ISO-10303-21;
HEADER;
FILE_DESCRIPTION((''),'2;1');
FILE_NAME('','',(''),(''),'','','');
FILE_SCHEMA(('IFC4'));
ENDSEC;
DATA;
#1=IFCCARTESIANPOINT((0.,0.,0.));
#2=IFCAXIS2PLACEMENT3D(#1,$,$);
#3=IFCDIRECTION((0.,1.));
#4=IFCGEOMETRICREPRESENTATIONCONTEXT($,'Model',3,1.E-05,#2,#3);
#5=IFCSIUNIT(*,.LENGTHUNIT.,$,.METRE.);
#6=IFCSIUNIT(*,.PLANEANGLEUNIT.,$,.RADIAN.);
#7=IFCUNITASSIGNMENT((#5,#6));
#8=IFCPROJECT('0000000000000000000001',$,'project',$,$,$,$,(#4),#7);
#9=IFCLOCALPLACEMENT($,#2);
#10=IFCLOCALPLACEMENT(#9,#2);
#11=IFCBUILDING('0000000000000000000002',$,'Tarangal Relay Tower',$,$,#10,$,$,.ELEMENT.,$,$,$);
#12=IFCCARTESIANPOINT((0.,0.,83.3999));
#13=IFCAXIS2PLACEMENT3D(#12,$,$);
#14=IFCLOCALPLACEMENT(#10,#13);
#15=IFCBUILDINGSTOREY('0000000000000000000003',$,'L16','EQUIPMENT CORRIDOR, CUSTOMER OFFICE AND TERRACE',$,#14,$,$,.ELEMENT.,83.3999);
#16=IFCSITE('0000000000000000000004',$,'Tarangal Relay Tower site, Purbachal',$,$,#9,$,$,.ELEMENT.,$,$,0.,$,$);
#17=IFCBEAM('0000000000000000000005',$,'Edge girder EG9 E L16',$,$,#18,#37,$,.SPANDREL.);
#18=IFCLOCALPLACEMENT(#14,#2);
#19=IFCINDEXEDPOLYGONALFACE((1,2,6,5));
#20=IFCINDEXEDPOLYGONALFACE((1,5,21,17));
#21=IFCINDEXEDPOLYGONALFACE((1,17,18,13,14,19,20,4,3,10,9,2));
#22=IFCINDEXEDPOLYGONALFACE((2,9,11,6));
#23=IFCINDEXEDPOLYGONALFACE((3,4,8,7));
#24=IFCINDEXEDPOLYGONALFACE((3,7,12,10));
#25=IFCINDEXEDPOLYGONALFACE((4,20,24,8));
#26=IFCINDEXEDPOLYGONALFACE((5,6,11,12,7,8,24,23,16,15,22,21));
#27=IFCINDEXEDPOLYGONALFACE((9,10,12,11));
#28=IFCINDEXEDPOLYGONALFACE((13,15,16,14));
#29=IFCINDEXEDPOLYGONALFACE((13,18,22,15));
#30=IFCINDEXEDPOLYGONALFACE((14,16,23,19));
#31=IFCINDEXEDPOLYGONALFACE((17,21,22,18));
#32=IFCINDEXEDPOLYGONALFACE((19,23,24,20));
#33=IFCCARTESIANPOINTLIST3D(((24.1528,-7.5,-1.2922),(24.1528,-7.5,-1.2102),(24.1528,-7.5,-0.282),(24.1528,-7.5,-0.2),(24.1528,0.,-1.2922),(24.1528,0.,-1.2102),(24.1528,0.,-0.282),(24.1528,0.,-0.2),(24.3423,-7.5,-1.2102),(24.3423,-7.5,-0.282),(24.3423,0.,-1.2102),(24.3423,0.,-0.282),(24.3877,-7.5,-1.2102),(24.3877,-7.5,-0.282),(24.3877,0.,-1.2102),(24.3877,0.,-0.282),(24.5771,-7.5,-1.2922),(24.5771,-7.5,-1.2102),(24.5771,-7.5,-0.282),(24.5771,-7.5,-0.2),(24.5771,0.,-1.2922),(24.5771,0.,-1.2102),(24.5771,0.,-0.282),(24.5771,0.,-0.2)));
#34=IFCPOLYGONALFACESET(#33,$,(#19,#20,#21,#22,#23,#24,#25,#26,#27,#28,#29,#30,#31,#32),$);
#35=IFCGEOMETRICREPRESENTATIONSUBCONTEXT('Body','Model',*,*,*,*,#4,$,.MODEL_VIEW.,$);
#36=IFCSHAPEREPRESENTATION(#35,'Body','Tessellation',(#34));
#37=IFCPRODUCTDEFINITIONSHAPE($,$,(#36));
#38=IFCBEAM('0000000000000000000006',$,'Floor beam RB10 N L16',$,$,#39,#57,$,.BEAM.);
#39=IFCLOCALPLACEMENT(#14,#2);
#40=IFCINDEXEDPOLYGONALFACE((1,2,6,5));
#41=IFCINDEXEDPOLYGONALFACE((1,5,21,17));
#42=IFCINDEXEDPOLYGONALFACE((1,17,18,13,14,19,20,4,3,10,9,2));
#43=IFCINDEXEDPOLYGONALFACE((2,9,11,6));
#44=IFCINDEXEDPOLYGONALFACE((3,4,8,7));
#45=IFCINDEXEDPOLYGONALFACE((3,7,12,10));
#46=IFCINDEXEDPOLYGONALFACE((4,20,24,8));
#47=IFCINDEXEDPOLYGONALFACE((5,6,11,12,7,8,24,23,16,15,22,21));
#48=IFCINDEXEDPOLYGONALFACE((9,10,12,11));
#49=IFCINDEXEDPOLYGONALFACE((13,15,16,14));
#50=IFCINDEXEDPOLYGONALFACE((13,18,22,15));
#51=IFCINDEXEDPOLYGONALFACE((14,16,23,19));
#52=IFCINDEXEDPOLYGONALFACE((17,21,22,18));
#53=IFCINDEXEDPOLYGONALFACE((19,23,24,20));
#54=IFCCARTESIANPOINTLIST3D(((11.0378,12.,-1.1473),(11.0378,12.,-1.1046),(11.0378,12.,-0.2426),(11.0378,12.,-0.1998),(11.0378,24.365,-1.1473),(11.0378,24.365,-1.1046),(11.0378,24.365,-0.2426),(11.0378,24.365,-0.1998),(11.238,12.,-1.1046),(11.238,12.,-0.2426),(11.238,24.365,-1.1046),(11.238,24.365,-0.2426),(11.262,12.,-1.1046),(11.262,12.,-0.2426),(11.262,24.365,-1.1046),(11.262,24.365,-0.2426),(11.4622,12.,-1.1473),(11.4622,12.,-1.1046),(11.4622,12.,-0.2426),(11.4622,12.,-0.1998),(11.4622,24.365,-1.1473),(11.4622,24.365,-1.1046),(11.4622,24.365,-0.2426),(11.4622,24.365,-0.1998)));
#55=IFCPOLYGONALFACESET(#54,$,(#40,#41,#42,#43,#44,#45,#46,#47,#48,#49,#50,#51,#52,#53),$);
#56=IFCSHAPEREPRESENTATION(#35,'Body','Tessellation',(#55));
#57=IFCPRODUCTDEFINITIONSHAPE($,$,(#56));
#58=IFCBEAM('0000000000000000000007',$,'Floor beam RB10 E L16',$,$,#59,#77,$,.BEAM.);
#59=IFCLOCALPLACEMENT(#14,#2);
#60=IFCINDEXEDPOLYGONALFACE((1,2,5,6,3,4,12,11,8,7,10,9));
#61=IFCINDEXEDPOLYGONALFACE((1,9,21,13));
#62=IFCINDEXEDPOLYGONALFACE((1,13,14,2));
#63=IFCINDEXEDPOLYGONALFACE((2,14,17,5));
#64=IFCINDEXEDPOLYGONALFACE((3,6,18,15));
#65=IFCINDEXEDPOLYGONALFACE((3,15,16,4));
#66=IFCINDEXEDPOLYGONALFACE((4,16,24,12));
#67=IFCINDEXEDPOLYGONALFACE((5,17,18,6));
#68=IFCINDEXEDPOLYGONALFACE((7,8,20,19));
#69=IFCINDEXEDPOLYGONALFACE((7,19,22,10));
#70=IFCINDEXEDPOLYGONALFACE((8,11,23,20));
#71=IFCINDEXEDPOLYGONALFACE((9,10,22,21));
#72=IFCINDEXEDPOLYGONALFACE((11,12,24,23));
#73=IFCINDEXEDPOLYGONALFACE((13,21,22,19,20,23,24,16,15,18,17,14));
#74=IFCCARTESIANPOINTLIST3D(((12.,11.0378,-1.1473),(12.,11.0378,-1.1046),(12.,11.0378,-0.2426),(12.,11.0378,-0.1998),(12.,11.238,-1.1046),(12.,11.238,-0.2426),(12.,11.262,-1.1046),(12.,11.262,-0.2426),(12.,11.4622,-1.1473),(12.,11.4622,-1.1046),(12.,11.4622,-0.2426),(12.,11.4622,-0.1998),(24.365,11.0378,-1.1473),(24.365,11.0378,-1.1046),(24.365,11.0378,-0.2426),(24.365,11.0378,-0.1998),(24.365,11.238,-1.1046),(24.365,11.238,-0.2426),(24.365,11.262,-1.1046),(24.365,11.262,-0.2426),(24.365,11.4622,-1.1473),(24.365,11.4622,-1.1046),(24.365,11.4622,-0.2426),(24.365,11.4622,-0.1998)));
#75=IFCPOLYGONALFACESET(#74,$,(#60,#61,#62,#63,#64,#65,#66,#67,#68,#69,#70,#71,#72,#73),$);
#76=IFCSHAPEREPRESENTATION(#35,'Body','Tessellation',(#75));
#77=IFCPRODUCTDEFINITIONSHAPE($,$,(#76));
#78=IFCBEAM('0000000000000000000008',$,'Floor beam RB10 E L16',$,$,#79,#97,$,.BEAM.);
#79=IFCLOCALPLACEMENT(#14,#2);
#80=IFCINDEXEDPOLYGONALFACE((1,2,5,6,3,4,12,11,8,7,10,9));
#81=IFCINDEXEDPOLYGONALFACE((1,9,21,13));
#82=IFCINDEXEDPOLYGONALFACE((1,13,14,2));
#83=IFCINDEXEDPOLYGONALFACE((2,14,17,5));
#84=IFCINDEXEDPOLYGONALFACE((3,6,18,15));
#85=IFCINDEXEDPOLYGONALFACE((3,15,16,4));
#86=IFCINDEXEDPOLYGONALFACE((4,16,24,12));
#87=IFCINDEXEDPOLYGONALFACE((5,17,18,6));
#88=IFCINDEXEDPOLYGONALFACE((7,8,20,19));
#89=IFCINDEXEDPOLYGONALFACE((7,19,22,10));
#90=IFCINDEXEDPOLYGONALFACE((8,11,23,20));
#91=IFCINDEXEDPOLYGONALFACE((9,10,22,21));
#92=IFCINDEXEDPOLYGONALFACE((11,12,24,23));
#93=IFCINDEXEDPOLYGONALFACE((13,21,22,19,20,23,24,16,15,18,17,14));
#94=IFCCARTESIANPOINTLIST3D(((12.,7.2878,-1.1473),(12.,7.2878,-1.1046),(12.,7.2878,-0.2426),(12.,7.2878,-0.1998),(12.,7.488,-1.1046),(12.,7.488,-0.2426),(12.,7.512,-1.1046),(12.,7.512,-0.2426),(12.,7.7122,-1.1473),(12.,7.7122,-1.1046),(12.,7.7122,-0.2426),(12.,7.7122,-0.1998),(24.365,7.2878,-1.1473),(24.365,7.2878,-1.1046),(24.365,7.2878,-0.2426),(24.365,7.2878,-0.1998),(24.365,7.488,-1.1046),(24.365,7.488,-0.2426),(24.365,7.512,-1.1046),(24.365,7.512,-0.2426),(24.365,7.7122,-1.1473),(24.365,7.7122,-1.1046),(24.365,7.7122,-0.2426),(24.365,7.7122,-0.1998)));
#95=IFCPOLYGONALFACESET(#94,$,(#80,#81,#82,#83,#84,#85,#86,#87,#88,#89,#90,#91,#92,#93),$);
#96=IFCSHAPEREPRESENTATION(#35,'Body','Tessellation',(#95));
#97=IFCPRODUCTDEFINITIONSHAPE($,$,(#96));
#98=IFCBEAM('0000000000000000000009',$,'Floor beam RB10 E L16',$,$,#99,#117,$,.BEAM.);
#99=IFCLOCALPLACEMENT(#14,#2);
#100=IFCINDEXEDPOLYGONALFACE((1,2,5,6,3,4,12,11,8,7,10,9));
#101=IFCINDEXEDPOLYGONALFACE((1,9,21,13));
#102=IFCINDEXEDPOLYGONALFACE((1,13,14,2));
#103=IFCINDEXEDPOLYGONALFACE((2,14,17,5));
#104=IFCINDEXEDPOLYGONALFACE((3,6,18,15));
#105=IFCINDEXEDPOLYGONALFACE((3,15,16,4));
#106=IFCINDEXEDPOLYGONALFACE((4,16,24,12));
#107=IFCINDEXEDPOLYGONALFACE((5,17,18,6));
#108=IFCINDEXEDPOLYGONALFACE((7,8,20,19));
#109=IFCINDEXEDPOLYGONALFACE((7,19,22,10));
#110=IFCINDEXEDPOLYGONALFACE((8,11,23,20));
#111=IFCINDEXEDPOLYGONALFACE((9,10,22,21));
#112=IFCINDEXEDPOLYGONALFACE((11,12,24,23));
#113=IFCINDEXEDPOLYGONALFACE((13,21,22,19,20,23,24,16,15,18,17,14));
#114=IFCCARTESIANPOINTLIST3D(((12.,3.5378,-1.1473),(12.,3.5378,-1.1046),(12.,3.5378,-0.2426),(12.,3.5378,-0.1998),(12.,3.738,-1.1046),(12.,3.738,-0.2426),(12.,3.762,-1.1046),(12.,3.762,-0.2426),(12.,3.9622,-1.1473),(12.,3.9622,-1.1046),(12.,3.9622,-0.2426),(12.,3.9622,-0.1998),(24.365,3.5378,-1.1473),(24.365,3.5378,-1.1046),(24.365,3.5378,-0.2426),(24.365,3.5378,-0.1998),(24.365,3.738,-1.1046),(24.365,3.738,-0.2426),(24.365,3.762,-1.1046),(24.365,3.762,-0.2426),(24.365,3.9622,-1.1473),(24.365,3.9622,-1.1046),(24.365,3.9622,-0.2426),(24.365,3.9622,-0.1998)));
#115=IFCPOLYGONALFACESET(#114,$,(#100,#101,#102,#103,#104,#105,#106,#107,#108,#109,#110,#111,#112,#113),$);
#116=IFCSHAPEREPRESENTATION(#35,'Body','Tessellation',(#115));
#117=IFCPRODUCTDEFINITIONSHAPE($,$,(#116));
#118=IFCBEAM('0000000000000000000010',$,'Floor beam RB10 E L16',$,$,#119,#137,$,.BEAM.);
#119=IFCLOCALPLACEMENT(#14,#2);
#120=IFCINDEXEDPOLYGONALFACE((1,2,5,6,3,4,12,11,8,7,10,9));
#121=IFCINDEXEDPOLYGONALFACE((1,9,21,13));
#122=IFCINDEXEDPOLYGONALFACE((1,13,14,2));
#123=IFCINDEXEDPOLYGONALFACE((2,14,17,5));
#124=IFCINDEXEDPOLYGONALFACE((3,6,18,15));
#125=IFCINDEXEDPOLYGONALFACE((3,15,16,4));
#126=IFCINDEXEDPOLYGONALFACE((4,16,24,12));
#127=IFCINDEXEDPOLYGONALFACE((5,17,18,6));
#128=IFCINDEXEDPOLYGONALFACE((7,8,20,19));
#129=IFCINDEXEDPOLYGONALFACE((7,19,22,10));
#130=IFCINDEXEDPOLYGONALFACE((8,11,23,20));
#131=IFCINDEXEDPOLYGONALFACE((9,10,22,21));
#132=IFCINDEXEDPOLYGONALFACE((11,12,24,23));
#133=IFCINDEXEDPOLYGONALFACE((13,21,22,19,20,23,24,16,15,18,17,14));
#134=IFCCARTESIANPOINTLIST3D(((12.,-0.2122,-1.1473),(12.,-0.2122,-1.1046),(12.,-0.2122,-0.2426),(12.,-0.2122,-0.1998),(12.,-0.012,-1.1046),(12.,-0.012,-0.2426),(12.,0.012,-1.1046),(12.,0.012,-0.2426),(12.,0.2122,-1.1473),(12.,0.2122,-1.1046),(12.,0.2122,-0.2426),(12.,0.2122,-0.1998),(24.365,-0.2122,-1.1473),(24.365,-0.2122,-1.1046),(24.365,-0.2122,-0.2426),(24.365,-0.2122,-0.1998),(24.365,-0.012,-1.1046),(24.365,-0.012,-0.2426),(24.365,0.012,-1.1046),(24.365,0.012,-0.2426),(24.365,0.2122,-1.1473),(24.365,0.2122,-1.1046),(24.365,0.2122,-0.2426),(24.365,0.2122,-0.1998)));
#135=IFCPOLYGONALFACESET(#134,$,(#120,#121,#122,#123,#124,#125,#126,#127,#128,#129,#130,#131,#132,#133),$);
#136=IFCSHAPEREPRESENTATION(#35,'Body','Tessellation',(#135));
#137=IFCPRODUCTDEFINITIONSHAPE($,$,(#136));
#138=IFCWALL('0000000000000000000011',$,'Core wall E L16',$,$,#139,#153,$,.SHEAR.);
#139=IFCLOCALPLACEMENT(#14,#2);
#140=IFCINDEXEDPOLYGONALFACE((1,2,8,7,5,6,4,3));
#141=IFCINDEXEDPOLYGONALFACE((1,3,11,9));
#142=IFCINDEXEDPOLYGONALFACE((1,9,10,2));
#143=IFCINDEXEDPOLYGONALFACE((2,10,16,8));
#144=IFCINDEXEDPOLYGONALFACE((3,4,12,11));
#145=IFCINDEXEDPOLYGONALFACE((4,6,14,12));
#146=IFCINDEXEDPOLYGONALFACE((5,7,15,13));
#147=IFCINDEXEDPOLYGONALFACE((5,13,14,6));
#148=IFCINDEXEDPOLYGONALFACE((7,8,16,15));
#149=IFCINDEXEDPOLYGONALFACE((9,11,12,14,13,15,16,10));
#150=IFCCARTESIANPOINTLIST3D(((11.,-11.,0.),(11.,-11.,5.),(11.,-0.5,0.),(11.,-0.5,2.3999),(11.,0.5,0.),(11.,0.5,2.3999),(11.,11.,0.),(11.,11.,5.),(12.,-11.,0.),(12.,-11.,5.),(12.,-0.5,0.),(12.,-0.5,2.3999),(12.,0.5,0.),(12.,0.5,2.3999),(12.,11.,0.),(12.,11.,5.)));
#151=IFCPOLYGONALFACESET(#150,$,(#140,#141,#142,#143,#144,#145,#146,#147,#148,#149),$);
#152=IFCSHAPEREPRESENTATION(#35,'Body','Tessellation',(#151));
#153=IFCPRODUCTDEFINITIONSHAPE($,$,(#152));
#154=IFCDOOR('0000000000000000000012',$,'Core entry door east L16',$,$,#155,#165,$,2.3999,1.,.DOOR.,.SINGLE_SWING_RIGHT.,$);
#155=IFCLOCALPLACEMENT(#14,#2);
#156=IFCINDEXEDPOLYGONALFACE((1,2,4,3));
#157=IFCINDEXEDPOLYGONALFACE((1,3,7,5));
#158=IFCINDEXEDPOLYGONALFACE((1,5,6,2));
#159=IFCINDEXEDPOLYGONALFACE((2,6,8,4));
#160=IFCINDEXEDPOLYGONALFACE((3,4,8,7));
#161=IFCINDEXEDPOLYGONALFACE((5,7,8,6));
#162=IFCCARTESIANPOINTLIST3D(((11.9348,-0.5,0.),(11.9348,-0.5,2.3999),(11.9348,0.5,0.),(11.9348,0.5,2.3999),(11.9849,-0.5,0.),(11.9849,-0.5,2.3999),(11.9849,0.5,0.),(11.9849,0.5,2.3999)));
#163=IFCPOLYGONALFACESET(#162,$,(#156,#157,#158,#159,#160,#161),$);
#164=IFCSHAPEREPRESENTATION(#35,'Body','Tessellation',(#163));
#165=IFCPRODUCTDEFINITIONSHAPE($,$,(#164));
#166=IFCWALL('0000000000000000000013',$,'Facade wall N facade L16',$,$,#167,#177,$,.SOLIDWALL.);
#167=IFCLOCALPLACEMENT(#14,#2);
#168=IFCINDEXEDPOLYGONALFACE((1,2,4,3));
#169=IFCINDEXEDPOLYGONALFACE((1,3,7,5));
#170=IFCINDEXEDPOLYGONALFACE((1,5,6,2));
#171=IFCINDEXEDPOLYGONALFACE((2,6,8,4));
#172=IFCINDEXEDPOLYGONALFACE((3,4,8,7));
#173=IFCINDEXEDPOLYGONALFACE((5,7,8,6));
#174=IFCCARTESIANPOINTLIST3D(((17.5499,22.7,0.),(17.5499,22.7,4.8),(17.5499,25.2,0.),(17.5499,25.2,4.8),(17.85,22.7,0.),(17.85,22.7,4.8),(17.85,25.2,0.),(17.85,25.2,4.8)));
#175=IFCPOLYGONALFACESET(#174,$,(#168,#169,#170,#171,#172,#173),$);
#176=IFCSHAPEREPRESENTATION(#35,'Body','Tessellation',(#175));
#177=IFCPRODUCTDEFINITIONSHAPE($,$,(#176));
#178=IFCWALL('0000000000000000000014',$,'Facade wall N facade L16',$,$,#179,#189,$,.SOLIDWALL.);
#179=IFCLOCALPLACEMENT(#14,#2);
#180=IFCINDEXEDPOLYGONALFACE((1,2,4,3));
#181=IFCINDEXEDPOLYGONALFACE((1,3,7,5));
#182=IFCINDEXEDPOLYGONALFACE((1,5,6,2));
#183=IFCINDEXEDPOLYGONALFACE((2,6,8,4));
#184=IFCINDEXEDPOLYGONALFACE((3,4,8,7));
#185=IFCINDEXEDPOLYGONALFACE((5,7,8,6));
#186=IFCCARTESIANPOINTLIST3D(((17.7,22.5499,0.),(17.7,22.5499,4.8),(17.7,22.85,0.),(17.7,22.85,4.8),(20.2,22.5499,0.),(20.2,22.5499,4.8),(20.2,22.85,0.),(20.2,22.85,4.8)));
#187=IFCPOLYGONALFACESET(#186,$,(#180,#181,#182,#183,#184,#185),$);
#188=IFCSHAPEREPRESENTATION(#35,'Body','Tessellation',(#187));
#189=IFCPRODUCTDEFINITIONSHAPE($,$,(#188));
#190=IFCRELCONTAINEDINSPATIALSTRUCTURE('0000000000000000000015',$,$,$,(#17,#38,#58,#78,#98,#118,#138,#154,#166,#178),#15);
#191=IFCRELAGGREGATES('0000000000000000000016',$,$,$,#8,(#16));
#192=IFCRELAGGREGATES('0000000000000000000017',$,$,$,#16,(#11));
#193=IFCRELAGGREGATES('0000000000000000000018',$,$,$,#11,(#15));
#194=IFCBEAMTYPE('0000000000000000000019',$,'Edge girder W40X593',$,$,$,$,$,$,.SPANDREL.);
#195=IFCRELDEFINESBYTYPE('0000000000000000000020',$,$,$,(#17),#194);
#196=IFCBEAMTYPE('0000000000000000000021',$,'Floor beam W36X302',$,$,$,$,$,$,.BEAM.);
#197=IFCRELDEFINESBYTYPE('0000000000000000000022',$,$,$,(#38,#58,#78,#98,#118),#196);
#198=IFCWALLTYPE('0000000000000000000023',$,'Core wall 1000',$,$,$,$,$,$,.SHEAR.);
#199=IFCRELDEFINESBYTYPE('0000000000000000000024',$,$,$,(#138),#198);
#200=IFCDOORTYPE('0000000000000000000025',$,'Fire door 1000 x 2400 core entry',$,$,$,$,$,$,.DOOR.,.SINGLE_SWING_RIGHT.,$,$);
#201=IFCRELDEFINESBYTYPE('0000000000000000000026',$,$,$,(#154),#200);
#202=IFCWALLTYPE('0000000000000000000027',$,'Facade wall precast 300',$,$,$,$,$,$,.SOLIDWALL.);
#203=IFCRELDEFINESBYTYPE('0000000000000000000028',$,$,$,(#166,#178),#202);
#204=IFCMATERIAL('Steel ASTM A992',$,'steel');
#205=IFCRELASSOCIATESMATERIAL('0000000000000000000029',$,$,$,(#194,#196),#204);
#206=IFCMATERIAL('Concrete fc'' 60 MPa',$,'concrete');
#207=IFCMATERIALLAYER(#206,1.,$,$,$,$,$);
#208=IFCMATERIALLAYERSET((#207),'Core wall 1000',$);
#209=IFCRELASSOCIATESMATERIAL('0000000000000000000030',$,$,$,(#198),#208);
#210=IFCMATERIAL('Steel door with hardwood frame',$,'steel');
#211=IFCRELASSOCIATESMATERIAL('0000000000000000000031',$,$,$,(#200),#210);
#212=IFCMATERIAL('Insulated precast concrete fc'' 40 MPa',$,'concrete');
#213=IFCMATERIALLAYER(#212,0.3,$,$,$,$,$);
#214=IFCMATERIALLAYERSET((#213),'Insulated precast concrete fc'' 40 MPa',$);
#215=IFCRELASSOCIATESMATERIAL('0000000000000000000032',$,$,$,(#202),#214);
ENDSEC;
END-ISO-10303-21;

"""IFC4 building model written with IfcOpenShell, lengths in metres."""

from ifc_helpers import new_model, si_unit, direction, frame, frame_2d, origin, origin_2d, place, context, subcontext, project, spatial, rectangle, i_section, extrude, material, layer, layer_set, material_profile, profile_set, type_object, element, fill, save


model = new_model("IFC4")

# Units and contexts
model_context = context("Model", 3, precision=1e-05, world=origin(), true_north=direction((0.0, 1.0)))
body_context = subcontext(model_context, "Body", "Model", "MODEL_VIEW")
ifc_project = project(units=[si_unit("LENGTHUNIT", "METRE"), si_unit("PLANEANGLEUNIT", "RADIAN")], contexts=[model_context])

# Site, building, storey
site_placement = place(None, origin())
site = spatial("IfcSite", under=ifc_project, at=site_placement, Name="Tarangal Relay Tower site, Purbachal", CompositionType="ELEMENT", RefElevation=0.0)
building_placement = place(site_placement, origin())
building = spatial("IfcBuilding", under=site, at=building_placement, Name="Tarangal Relay Tower", CompositionType="ELEMENT")
storey_placement = place(building_placement, frame((0.0, 0.0, 83.3999)))
storey = spatial("IfcBuildingStorey", under=building, at=storey_placement, Name="L16", Description="EQUIPMENT CORRIDOR, CUSTOMER OFFICE AND TERRACE", CompositionType="ELEMENT", Elevation=83.3999)

# Beams
ifc_material_1 = material(Name="Steel ASTM A992", Category="steel")
ifc_material_profile_1 = material_profile(ifc_material_1, i_section(OverallWidth=0.4243, OverallDepth=1.0923, WebThickness=0.0454, FlangeThickness=0.082, at=origin_2d()), Name="W40X593")
ifc_profile_set_1 = profile_set([ifc_material_profile_1], Name="Steel ASTM A992")
beam_type_1 = type_object("IfcBeamType", Name="Edge girder W40X593", PredefinedType="SPANDREL", material=ifc_profile_set_1)
for number, where, z_axis, x_axis, name in (
    (1, (24.365, 0.0, -0.7461), (0.0, -1.0, 0.0), (1.0, 0.0, 0.0), "Edge girder EG9 E L16"),
):
    element("IfcBeam", number, at=place(storey_placement, frame(where, z_axis=z_axis, x_axis=x_axis)), inside=storey, type_object=beam_type_1, Name=name, PredefinedType="SPANDREL", context=body_context, shape_type="SweptSolid", body=[
        extrude(i_section(OverallWidth=0.4243, OverallDepth=1.0923, WebThickness=0.0454, FlangeThickness=0.082, at=origin_2d()), origin(), (0.0, 0.0, 1.0), 7.5),
    ])
ifc_material_profile_2 = material_profile(ifc_material_1, i_section(OverallWidth=0.4243, OverallDepth=0.9475, WebThickness=0.0239, FlangeThickness=0.0427, at=origin_2d()), Name="W36X302")
ifc_profile_set_2 = profile_set([ifc_material_profile_2], Name="Steel ASTM A992")
beam_type_2 = type_object("IfcBeamType", Name="Floor beam W36X302", PredefinedType="BEAM", material=ifc_profile_set_2)
for number, where, z_axis, x_axis, name in (
    (2, (11.25, 12.0, -0.6736), (0.0, 1.0, 0.0), (-1.0, 0.0, 0.0), "Floor beam RB10 N L16"),
    (3, (12.0, 11.25, -0.6736), (1.0, 0.0, 0.0), (0.0, 1.0, 0.0), "Floor beam RB10 E L16"),
    (4, (12.0, 7.5, -0.6736), (1.0, 0.0, 0.0), (0.0, 1.0, 0.0), "Floor beam RB10 E L16"),
    (5, (12.0, 3.75, -0.6736), (1.0, 0.0, 0.0), (0.0, 1.0, 0.0), "Floor beam RB10 E L16"),
    (6, (12.0, 0.0, -0.6736), (1.0, 0.0, 0.0), (0.0, 1.0, 0.0), "Floor beam RB10 E L16"),
):
    element("IfcBeam", number, at=place(storey_placement, frame(where, z_axis=z_axis, x_axis=x_axis)), inside=storey, type_object=beam_type_2, Name=name, PredefinedType="BEAM", context=body_context, shape_type="SweptSolid", body=[
        extrude(i_section(OverallWidth=0.4243, OverallDepth=0.9475, WebThickness=0.0239, FlangeThickness=0.0427, at=origin_2d()), origin(), (0.0, 0.0, 1.0), 12.365),
    ])

# Wall, opening, door
ifc_material_2 = material(Name="Concrete fc' 60 MPa", Category="concrete")
ifc_layer_1 = layer(ifc_material_2, 1.0)
ifc_layer_set_1 = layer_set([ifc_layer_1], Name="Core wall 1000")
wall_type_1 = type_object("IfcWallType", Name="Core wall 1000", PredefinedType="SHEAR", material=ifc_layer_set_1)
wall_1_placement = place(storey_placement, frame((11.5, 11.0, 0.0), z_axis=(0.0, 0.0, 1.0), x_axis=(0.0, -1.0, 0.0)))
wall_1 = element("IfcWall", 7, at=wall_1_placement, inside=storey, type_object=wall_type_1, Name="Core wall E L16", PredefinedType="SHEAR", context=body_context, shape_type="SweptSolid", body=[
    extrude(rectangle(XDim=22.0, YDim=1.0, at=frame_2d((11.0, 0.0))), origin(), (0.0, 0.0, 1.0), 5.0),
])
opening_1_placement = place(wall_1_placement, frame((10.5, 0.0, 0.0)))
opening_1 = element("IfcOpeningElement", 8, at=opening_1_placement, cuts=wall_1, PredefinedType="OPENING", context=body_context, shape_type="SweptSolid", body=[
    extrude(rectangle(XDim=1.0, YDim=2.3999, at=frame_2d((0.5, 1.2))), frame((0.0, 0.51, 0.0), z_axis=(0.0, -1.0, 0.0), x_axis=(1.0, 0.0, 0.0)), (0.0, 0.0, 1.0), 1.02),
])
ifc_material_3 = material(Name="Steel door with hardwood frame", Category="steel")
door_type_1 = type_object("IfcDoorType", Name="Fire door 1000 x 2400 core entry", OperationType="SINGLE_SWING_RIGHT", PredefinedType="DOOR", material=ifc_material_3)
door_1_placement = place(opening_1_placement, origin())
door_1 = element("IfcDoor", 9, at=door_1_placement, inside=storey, type_object=door_type_1, Name="Core entry door east L16", OperationType="SINGLE_SWING_RIGHT", OverallHeight=2.3999, OverallWidth=1.0, PredefinedType="DOOR", context=body_context, shape_type="SweptSolid", body=[
    extrude(rectangle(XDim=1.0, YDim=2.3999, at=frame_2d((0.5, 1.2))), frame((0.0, 0.4849, 0.0), z_axis=(0.0, -1.0, 0.0), x_axis=(1.0, 0.0, 0.0)), (0.0, 0.0, 1.0), 0.05),
])
fill(opening_1, door_1)

# Walls
ifc_material_4 = material(Name="Insulated precast concrete fc' 40 MPa", Category="concrete")
ifc_layer_2 = layer(ifc_material_4, 0.3)
ifc_layer_set_2 = layer_set([ifc_layer_2], Name="Insulated precast concrete fc' 40 MPa")
wall_type_2 = type_object("IfcWallType", Name="Facade wall precast 300", PredefinedType="SOLIDWALL", material=ifc_layer_set_2)
for number, where, z_axis, x_axis, name in (
    (10, (17.7, 25.2, 0.0), (0.0, 0.0, 1.0), (0.0, -1.0, 0.0), "Facade wall N facade L16"),
    (11, (17.7, 22.7, 0.0), (0.0, 0.0, 1.0), (1.0, 0.0, 0.0), "Facade wall N facade L16"),
):
    element("IfcWall", number, at=place(storey_placement, frame(where, z_axis=z_axis, x_axis=x_axis)), inside=storey, type_object=wall_type_2, Name=name, PredefinedType="SOLIDWALL", context=body_context, shape_type="SweptSolid", body=[
        extrude(rectangle(XDim=2.5, YDim=0.3, at=frame_2d((1.25, 0.0))), origin(), (0.0, 0.0, 1.0), 4.8),
    ])

save(model, "model.ifc")
